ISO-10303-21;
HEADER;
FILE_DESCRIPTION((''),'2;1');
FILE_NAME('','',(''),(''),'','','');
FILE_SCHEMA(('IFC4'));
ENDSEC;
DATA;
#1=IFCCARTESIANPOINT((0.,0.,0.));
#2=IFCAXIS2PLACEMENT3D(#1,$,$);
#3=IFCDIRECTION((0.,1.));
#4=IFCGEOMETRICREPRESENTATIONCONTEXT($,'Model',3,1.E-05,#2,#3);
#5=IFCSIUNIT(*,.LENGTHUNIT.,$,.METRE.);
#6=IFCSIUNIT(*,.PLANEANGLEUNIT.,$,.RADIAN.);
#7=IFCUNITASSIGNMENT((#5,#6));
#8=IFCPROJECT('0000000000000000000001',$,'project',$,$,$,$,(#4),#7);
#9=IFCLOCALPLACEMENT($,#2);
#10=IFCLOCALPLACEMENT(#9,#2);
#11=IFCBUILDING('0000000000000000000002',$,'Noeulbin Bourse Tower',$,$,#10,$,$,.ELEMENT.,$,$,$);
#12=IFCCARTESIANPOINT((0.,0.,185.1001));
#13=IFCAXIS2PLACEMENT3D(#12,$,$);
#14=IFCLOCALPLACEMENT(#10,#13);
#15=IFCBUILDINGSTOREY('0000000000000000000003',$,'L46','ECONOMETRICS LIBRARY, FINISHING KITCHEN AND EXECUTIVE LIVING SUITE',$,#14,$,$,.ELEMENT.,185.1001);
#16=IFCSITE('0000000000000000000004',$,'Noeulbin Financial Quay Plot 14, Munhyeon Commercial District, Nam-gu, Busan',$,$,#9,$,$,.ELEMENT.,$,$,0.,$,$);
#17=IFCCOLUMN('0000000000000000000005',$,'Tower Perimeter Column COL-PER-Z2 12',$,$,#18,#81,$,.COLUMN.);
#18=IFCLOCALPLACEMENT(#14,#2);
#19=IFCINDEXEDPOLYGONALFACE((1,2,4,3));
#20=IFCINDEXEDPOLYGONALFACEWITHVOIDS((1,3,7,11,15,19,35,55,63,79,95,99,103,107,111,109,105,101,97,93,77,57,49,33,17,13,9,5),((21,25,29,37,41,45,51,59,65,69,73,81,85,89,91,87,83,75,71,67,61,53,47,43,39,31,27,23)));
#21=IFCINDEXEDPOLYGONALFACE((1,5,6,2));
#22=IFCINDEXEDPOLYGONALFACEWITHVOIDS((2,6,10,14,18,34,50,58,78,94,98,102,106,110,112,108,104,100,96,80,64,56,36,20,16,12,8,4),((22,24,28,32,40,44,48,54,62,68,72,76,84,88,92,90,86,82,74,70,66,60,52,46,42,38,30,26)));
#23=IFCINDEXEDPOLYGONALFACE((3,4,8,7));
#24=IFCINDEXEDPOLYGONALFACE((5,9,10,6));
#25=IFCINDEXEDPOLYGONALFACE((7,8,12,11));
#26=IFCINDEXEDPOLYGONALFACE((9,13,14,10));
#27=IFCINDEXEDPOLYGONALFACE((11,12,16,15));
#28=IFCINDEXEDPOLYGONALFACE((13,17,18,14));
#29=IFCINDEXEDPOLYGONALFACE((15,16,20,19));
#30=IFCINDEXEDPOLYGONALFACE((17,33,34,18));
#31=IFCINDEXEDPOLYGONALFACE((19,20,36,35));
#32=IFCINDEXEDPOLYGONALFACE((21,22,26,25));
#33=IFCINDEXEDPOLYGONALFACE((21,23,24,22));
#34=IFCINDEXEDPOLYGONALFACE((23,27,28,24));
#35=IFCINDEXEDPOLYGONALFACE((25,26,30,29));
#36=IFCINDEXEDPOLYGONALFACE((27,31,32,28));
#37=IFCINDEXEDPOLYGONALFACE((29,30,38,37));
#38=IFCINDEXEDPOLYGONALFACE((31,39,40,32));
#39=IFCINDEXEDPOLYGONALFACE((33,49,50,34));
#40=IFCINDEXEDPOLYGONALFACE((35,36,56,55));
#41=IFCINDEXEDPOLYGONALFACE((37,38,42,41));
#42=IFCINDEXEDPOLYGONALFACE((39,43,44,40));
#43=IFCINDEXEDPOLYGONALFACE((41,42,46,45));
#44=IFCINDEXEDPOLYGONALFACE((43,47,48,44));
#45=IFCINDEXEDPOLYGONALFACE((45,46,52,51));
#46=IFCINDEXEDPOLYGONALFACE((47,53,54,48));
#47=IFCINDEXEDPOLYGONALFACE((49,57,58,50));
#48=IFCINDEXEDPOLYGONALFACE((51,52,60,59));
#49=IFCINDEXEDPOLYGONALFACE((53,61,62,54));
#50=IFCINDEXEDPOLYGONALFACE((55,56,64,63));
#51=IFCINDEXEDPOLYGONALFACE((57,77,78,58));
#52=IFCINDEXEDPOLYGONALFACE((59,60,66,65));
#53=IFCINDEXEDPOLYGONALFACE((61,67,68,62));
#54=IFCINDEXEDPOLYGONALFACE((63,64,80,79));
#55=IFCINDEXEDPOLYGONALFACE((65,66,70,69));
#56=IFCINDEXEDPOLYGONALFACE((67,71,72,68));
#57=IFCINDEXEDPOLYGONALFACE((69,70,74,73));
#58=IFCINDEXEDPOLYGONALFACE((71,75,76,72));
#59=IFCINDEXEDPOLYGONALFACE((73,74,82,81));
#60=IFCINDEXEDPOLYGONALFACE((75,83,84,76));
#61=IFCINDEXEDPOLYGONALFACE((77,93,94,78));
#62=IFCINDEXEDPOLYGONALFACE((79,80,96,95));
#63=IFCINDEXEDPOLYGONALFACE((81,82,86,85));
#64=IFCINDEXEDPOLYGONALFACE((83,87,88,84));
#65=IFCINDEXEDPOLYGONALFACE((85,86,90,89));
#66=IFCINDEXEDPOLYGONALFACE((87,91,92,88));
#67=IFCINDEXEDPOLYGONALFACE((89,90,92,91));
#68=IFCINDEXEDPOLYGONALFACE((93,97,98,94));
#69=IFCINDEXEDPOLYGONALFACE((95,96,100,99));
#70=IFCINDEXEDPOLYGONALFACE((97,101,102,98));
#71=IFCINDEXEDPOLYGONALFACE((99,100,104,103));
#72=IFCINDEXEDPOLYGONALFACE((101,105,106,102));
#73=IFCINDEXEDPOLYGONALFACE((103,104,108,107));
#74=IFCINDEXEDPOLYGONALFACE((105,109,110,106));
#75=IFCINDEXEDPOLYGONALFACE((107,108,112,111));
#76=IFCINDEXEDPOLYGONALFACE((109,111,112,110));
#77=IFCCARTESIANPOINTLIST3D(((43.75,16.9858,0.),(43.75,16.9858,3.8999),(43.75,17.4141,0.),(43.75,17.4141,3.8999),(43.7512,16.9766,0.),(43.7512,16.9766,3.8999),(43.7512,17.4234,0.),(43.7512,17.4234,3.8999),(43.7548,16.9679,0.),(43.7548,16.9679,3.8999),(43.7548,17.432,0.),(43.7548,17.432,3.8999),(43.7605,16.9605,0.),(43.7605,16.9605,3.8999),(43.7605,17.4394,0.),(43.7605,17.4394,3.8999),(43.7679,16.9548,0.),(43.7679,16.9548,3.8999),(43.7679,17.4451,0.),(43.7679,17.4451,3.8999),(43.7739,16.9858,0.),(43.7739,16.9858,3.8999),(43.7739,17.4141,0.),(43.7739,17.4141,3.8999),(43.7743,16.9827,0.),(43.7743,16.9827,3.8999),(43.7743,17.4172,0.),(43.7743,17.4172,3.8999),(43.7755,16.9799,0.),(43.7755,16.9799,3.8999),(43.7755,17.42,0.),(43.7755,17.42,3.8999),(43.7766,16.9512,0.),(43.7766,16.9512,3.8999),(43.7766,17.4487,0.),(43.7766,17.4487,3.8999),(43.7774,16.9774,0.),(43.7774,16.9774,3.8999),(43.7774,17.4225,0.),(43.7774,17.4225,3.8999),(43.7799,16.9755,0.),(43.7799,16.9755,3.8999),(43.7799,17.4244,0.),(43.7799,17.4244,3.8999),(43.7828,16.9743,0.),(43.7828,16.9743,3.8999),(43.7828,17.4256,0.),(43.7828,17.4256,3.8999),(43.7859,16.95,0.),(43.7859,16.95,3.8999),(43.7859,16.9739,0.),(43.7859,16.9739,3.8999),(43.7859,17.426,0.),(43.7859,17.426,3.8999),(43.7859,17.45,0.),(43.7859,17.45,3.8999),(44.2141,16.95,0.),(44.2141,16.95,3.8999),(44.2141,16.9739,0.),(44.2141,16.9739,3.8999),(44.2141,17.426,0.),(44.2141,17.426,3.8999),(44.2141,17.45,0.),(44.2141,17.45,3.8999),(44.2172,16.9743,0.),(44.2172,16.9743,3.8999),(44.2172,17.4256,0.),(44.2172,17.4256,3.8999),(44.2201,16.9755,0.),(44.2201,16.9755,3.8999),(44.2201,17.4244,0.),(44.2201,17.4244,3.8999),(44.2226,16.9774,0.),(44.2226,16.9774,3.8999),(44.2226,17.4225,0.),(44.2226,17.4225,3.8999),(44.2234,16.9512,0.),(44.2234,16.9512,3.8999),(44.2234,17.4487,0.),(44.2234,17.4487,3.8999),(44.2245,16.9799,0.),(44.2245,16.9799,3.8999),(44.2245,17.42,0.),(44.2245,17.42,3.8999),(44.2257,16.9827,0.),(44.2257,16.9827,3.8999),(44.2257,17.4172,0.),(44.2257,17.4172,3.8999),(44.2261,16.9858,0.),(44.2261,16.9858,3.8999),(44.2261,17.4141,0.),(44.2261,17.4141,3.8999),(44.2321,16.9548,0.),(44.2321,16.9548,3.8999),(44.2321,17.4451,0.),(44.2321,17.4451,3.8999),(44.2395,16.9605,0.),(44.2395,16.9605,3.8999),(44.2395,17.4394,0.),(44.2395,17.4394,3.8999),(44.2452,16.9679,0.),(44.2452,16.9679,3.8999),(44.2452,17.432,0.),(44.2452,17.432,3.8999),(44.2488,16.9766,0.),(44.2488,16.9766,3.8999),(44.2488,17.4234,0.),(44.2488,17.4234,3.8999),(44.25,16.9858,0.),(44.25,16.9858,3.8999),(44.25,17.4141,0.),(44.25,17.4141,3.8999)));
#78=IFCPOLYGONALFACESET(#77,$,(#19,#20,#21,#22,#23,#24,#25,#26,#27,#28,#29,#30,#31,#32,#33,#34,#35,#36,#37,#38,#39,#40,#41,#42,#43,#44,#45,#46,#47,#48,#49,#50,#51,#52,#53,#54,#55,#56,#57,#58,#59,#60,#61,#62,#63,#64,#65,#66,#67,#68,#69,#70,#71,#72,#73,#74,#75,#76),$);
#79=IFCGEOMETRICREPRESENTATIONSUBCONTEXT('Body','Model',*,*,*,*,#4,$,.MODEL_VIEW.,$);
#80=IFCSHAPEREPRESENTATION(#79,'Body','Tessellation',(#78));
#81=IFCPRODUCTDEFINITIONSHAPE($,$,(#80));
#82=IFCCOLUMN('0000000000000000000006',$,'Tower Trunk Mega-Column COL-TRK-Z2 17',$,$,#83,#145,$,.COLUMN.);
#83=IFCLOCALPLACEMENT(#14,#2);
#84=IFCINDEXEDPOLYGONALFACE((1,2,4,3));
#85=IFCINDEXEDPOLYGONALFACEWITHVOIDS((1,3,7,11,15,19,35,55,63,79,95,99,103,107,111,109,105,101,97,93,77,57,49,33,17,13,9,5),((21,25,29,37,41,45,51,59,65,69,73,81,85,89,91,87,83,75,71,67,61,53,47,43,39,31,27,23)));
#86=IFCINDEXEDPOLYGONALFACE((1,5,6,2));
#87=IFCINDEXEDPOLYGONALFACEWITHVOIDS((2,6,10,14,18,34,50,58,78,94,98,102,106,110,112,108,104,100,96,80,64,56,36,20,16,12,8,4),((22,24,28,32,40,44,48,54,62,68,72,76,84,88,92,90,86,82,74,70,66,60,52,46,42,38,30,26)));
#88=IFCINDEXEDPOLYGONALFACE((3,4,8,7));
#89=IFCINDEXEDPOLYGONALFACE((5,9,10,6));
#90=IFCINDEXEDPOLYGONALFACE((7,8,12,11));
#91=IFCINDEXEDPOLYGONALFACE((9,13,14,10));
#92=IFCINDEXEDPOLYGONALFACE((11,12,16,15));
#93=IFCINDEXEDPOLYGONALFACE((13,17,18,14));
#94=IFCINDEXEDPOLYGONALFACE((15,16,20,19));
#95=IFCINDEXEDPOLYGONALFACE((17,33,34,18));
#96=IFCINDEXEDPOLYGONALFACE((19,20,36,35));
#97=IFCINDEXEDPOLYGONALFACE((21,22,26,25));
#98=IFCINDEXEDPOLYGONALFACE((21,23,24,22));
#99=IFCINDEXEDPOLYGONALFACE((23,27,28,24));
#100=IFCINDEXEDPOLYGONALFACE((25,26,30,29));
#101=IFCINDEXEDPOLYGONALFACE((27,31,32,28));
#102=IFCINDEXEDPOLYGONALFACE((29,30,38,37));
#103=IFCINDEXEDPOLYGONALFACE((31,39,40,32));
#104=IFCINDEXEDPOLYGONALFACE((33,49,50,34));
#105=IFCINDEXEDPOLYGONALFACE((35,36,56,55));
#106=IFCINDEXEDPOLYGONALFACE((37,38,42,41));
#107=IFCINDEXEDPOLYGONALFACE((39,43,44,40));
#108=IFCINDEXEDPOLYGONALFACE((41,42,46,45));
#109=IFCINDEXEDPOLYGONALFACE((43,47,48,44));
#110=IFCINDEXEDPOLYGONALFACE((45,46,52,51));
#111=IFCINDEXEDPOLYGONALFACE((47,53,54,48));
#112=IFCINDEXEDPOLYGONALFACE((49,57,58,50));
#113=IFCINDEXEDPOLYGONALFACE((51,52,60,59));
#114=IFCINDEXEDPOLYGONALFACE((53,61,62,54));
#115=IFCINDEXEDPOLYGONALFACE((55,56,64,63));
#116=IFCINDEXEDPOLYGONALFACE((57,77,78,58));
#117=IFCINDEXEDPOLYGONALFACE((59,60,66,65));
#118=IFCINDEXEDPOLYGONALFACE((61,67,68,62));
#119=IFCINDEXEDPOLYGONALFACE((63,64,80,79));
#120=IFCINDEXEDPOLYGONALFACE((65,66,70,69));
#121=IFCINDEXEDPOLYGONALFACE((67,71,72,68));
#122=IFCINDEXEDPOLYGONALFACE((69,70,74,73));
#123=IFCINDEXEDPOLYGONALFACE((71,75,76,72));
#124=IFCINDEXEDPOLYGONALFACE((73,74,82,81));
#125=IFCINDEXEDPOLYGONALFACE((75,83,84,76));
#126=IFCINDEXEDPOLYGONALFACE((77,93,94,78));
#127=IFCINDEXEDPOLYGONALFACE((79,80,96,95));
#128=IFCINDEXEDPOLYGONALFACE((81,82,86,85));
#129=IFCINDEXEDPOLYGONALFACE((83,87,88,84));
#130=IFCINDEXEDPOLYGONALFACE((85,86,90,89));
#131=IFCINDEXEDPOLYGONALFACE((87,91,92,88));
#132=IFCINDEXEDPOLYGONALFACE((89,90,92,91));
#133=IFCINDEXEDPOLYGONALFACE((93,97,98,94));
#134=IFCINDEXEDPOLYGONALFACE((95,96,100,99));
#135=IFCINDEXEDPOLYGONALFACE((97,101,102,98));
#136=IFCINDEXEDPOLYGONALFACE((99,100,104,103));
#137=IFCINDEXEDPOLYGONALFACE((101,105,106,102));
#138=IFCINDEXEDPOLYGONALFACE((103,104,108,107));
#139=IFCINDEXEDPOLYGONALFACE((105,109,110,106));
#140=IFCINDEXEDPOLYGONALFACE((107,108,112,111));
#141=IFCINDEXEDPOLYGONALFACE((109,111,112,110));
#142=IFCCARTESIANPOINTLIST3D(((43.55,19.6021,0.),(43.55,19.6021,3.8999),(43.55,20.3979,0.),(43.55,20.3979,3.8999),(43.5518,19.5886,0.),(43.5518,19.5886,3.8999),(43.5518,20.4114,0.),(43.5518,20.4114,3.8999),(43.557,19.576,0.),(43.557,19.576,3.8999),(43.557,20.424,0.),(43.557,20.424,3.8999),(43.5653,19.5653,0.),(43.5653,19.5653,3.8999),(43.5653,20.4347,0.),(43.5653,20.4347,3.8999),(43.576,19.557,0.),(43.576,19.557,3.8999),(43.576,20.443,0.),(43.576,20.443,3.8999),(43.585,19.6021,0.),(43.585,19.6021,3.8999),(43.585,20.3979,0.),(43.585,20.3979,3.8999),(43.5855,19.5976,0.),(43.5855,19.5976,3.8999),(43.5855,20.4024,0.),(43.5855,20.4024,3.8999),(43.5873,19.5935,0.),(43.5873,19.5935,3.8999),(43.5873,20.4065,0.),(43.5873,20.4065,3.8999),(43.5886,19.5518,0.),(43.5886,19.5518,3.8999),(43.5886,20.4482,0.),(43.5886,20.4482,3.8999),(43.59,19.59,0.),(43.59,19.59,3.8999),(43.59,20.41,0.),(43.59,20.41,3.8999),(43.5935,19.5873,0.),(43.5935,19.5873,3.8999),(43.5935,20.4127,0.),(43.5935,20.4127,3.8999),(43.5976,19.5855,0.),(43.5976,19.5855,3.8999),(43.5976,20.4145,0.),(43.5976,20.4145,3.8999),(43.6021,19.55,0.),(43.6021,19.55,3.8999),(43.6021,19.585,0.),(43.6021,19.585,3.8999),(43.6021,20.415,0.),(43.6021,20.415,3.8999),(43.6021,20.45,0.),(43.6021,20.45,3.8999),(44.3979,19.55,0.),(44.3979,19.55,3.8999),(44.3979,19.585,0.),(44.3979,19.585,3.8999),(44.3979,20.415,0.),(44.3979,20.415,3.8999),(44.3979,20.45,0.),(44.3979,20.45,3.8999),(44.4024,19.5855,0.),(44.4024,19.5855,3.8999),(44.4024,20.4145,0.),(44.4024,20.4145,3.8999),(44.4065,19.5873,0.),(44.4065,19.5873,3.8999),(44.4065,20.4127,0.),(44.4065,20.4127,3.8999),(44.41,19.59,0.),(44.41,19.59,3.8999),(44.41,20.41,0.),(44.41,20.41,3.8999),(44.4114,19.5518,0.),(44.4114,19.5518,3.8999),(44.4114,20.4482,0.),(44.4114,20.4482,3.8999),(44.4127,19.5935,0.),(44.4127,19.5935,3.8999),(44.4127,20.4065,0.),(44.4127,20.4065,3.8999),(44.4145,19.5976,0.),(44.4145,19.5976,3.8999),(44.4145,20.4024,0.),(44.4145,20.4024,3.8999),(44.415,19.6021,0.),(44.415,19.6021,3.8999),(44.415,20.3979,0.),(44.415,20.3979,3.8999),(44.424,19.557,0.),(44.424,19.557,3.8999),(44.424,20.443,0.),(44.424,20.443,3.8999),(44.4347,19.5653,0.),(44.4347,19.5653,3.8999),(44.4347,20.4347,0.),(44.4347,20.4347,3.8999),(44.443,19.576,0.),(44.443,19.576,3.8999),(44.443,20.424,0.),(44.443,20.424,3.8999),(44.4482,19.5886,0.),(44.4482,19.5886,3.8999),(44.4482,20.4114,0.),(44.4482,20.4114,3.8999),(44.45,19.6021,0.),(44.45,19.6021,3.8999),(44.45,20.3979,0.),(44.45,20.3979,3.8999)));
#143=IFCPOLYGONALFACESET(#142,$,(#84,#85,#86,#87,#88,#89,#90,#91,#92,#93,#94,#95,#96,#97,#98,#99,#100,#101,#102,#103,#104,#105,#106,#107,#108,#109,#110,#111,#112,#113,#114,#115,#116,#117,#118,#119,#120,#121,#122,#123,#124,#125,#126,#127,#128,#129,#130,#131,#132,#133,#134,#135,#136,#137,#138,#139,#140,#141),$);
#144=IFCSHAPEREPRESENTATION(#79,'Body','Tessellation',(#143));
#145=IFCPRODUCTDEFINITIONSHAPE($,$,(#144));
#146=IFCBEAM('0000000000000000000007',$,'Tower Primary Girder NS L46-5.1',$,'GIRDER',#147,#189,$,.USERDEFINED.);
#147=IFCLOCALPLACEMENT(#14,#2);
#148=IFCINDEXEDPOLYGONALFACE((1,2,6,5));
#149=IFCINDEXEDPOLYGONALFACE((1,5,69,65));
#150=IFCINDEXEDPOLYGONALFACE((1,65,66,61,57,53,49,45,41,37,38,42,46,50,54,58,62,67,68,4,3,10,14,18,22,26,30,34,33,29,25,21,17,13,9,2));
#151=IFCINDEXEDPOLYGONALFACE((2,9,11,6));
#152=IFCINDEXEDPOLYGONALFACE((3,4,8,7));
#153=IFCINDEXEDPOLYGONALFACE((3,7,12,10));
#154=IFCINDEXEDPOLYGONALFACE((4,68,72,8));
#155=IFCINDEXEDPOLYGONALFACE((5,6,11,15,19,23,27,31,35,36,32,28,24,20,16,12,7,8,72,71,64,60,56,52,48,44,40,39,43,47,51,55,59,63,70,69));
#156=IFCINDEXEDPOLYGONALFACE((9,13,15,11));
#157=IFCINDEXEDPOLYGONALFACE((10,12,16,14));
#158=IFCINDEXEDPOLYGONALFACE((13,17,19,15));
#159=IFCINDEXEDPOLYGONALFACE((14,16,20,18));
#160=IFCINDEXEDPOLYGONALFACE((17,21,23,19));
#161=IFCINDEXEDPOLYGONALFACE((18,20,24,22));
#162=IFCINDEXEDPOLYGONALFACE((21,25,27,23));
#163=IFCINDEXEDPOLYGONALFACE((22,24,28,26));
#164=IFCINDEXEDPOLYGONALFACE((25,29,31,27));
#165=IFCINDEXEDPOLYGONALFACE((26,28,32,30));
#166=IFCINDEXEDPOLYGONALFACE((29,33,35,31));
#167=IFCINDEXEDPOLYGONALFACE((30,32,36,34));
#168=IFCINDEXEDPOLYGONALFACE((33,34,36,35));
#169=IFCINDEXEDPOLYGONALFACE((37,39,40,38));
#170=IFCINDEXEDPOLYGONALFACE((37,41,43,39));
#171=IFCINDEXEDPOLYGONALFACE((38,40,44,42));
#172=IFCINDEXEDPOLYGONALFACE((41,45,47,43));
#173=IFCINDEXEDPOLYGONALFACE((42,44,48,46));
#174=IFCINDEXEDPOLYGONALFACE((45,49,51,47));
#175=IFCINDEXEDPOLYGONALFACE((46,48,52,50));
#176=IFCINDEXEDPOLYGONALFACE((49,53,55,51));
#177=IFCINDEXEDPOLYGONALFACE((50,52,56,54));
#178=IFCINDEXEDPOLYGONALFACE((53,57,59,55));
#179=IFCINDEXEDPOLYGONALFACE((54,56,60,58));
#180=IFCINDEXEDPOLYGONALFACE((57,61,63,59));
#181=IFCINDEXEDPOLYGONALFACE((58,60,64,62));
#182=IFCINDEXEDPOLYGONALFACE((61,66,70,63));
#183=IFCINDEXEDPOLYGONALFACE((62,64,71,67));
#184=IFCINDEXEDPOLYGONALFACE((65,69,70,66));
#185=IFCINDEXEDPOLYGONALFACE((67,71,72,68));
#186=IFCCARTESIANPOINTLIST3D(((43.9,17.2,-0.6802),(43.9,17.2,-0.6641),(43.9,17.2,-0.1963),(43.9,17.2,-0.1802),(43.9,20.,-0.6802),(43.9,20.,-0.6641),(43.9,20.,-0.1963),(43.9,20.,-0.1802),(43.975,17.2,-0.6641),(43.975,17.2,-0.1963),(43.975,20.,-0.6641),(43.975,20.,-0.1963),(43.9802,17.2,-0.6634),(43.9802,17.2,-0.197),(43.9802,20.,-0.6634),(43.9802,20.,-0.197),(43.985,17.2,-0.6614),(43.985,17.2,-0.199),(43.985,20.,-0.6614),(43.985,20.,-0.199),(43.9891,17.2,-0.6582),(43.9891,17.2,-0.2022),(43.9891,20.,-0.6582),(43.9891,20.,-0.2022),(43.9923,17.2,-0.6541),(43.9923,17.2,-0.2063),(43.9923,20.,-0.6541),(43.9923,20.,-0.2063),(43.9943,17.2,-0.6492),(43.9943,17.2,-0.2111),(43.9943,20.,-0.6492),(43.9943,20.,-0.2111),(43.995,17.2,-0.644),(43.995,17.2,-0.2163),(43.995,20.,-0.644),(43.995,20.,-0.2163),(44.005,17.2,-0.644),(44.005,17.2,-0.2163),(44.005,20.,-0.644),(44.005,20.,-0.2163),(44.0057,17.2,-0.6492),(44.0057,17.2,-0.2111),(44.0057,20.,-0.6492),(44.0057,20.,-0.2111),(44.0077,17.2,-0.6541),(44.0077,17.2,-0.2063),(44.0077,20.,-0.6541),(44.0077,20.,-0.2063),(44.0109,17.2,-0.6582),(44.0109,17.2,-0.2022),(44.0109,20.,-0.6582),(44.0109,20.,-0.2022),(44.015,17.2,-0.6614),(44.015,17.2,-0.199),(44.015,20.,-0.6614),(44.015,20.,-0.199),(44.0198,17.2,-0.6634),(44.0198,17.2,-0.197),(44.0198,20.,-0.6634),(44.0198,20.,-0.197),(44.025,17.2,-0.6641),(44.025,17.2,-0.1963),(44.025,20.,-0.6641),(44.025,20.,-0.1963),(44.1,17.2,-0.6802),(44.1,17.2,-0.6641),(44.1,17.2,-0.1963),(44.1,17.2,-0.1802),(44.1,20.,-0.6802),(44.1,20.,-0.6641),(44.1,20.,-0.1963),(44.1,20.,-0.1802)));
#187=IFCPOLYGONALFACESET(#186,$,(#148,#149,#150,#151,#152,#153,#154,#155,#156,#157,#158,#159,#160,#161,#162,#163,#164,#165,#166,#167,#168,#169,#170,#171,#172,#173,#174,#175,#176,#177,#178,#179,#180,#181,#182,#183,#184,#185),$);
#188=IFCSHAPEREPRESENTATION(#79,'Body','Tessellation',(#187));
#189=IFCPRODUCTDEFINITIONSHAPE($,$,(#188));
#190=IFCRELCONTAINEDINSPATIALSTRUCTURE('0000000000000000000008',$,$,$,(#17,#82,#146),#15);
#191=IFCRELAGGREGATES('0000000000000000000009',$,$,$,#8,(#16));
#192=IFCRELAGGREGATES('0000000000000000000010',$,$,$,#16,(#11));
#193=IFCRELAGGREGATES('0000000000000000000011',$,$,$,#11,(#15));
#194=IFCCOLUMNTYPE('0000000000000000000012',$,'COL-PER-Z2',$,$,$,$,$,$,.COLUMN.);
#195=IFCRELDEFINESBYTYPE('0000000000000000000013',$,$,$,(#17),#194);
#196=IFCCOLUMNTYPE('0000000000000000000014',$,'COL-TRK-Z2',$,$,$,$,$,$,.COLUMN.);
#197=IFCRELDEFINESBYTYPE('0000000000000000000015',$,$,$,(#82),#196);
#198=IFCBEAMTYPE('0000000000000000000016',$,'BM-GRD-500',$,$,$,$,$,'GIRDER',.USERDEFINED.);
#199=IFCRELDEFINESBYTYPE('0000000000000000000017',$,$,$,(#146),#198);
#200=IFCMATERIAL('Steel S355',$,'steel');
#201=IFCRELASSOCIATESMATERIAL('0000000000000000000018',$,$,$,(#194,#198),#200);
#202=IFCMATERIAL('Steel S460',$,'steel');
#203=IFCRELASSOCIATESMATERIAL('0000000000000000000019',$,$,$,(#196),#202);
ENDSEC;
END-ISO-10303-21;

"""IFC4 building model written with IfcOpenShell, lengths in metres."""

from ifc_helpers import new_model, si_unit, direction, frame, origin, origin_2d, place, context, subcontext, project, spatial, hollow_rectangle, i_section, extrude, material, material_profile, profile_set, type_object, element, save


model = new_model("IFC4")

# Units and contexts
model_context = context("Model", 3, precision=1e-05, world=origin(), true_north=direction((0.0, 1.0)))
body_context = subcontext(model_context, "Body", "Model", "MODEL_VIEW")
ifc_project = project(units=[si_unit("LENGTHUNIT", "METRE"), si_unit("PLANEANGLEUNIT", "RADIAN")], contexts=[model_context])

# Site, building, storey
site_placement = place(None, origin())
site = spatial("IfcSite", under=ifc_project, at=site_placement, Name="Noeulbin Financial Quay Plot 14, Munhyeon Commercial District, Nam-gu, Busan", CompositionType="ELEMENT", RefElevation=0.0)
building_placement = place(site_placement, origin())
building = spatial("IfcBuilding", under=site, at=building_placement, Name="Noeulbin Bourse Tower", CompositionType="ELEMENT")
storey_placement = place(building_placement, frame((0.0, 0.0, 185.1001)))
storey = spatial("IfcBuildingStorey", under=building, at=storey_placement, Name="L46", Description="ECONOMETRICS LIBRARY, FINISHING KITCHEN AND EXECUTIVE LIVING SUITE", CompositionType="ELEMENT", Elevation=185.1001)

# Columns
ifc_material_1 = material(Name="Steel S355", Category="steel")
ifc_material_profile_1 = material_profile(ifc_material_1, hollow_rectangle(XDim=0.5, YDim=0.5, WallThickness=0.0239, InnerFilletRadius=0.012, OuterFilletRadius=0.0359, at=origin_2d()), Name="BOX-500x500x24", Category="LoadBearing")
ifc_profile_set_1 = profile_set([ifc_material_profile_1], Name="Steel S355")
column_type_1 = type_object("IfcColumnType", Name="COL-PER-Z2", PredefinedType="COLUMN", material=ifc_profile_set_1)
column_1_placement = place(storey_placement, frame((44.0, 17.2, 0.0), z_axis=(0.0, 0.0, 1.0), x_axis=(1.0, 0.0, 0.0)))
element("IfcColumn", 1, at=column_1_placement, inside=storey, type_object=column_type_1, Name="Tower Perimeter Column COL-PER-Z2 12", PredefinedType="COLUMN", context=body_context, shape_type="SweptSolid", body=[
    extrude(hollow_rectangle(XDim=0.5, YDim=0.5, WallThickness=0.0239, InnerFilletRadius=0.012, OuterFilletRadius=0.0359, at=origin_2d()), origin(), (0.0, 0.0, 1.0), 3.8999),
])
ifc_material_2 = material(Name="Steel S460", Category="steel")
ifc_material_profile_2 = material_profile(ifc_material_2, hollow_rectangle(XDim=0.8999, YDim=0.8999, WallThickness=0.0349, InnerFilletRadius=0.0171, OuterFilletRadius=0.052, at=origin_2d()), Name="BOX-900x900x35", Category="LoadBearing")
ifc_profile_set_2 = profile_set([ifc_material_profile_2], Name="Steel S460")
column_type_2 = type_object("IfcColumnType", Name="COL-TRK-Z2", PredefinedType="COLUMN", material=ifc_profile_set_2)
column_2_placement = place(storey_placement, frame((44.0, 20.0, 0.0), z_axis=(0.0, 0.0, 1.0), x_axis=(1.0, 0.0, 0.0)))
element("IfcColumn", 2, at=column_2_placement, inside=storey, type_object=column_type_2, Name="Tower Trunk Mega-Column COL-TRK-Z2 17", PredefinedType="COLUMN", context=body_context, shape_type="SweptSolid", body=[
    extrude(hollow_rectangle(XDim=0.8999, YDim=0.8999, WallThickness=0.0349, InnerFilletRadius=0.0171, OuterFilletRadius=0.052, at=origin_2d()), origin(), (0.0, 0.0, 1.0), 3.8999),
])

# Beam
ifc_material_profile_3 = material_profile(ifc_material_1, i_section(OverallWidth=0.2, OverallDepth=0.5, WebThickness=0.01, FlangeThickness=0.0161, FilletRadius=0.02, at=origin_2d()), Name="H-500x200x10x16", Category="LoadBearing")
ifc_profile_set_3 = profile_set([ifc_material_profile_3], Name="Steel S355")
beam_type_1 = type_object("IfcBeamType", Name="BM-GRD-500", ElementType="GIRDER", PredefinedType="USERDEFINED", material=ifc_profile_set_3)
beam_placement = place(storey_placement, frame((44.0, 17.2, -0.4302), z_axis=(0.0, 1.0, 0.0), x_axis=(-1.0, 0.0, 0.0)))
element("IfcBeam", 3, at=beam_placement, inside=storey, type_object=beam_type_1, Name="Tower Primary Girder NS L46-5.1", ObjectType="GIRDER", PredefinedType="USERDEFINED", context=body_context, shape_type="SweptSolid", body=[
    extrude(i_section(OverallWidth=0.2, OverallDepth=0.5, WebThickness=0.01, FlangeThickness=0.0161, FilletRadius=0.02, at=origin_2d()), origin(), (0.0, 0.0, 1.0), 2.8),
])

save(model, "model.ifc")
